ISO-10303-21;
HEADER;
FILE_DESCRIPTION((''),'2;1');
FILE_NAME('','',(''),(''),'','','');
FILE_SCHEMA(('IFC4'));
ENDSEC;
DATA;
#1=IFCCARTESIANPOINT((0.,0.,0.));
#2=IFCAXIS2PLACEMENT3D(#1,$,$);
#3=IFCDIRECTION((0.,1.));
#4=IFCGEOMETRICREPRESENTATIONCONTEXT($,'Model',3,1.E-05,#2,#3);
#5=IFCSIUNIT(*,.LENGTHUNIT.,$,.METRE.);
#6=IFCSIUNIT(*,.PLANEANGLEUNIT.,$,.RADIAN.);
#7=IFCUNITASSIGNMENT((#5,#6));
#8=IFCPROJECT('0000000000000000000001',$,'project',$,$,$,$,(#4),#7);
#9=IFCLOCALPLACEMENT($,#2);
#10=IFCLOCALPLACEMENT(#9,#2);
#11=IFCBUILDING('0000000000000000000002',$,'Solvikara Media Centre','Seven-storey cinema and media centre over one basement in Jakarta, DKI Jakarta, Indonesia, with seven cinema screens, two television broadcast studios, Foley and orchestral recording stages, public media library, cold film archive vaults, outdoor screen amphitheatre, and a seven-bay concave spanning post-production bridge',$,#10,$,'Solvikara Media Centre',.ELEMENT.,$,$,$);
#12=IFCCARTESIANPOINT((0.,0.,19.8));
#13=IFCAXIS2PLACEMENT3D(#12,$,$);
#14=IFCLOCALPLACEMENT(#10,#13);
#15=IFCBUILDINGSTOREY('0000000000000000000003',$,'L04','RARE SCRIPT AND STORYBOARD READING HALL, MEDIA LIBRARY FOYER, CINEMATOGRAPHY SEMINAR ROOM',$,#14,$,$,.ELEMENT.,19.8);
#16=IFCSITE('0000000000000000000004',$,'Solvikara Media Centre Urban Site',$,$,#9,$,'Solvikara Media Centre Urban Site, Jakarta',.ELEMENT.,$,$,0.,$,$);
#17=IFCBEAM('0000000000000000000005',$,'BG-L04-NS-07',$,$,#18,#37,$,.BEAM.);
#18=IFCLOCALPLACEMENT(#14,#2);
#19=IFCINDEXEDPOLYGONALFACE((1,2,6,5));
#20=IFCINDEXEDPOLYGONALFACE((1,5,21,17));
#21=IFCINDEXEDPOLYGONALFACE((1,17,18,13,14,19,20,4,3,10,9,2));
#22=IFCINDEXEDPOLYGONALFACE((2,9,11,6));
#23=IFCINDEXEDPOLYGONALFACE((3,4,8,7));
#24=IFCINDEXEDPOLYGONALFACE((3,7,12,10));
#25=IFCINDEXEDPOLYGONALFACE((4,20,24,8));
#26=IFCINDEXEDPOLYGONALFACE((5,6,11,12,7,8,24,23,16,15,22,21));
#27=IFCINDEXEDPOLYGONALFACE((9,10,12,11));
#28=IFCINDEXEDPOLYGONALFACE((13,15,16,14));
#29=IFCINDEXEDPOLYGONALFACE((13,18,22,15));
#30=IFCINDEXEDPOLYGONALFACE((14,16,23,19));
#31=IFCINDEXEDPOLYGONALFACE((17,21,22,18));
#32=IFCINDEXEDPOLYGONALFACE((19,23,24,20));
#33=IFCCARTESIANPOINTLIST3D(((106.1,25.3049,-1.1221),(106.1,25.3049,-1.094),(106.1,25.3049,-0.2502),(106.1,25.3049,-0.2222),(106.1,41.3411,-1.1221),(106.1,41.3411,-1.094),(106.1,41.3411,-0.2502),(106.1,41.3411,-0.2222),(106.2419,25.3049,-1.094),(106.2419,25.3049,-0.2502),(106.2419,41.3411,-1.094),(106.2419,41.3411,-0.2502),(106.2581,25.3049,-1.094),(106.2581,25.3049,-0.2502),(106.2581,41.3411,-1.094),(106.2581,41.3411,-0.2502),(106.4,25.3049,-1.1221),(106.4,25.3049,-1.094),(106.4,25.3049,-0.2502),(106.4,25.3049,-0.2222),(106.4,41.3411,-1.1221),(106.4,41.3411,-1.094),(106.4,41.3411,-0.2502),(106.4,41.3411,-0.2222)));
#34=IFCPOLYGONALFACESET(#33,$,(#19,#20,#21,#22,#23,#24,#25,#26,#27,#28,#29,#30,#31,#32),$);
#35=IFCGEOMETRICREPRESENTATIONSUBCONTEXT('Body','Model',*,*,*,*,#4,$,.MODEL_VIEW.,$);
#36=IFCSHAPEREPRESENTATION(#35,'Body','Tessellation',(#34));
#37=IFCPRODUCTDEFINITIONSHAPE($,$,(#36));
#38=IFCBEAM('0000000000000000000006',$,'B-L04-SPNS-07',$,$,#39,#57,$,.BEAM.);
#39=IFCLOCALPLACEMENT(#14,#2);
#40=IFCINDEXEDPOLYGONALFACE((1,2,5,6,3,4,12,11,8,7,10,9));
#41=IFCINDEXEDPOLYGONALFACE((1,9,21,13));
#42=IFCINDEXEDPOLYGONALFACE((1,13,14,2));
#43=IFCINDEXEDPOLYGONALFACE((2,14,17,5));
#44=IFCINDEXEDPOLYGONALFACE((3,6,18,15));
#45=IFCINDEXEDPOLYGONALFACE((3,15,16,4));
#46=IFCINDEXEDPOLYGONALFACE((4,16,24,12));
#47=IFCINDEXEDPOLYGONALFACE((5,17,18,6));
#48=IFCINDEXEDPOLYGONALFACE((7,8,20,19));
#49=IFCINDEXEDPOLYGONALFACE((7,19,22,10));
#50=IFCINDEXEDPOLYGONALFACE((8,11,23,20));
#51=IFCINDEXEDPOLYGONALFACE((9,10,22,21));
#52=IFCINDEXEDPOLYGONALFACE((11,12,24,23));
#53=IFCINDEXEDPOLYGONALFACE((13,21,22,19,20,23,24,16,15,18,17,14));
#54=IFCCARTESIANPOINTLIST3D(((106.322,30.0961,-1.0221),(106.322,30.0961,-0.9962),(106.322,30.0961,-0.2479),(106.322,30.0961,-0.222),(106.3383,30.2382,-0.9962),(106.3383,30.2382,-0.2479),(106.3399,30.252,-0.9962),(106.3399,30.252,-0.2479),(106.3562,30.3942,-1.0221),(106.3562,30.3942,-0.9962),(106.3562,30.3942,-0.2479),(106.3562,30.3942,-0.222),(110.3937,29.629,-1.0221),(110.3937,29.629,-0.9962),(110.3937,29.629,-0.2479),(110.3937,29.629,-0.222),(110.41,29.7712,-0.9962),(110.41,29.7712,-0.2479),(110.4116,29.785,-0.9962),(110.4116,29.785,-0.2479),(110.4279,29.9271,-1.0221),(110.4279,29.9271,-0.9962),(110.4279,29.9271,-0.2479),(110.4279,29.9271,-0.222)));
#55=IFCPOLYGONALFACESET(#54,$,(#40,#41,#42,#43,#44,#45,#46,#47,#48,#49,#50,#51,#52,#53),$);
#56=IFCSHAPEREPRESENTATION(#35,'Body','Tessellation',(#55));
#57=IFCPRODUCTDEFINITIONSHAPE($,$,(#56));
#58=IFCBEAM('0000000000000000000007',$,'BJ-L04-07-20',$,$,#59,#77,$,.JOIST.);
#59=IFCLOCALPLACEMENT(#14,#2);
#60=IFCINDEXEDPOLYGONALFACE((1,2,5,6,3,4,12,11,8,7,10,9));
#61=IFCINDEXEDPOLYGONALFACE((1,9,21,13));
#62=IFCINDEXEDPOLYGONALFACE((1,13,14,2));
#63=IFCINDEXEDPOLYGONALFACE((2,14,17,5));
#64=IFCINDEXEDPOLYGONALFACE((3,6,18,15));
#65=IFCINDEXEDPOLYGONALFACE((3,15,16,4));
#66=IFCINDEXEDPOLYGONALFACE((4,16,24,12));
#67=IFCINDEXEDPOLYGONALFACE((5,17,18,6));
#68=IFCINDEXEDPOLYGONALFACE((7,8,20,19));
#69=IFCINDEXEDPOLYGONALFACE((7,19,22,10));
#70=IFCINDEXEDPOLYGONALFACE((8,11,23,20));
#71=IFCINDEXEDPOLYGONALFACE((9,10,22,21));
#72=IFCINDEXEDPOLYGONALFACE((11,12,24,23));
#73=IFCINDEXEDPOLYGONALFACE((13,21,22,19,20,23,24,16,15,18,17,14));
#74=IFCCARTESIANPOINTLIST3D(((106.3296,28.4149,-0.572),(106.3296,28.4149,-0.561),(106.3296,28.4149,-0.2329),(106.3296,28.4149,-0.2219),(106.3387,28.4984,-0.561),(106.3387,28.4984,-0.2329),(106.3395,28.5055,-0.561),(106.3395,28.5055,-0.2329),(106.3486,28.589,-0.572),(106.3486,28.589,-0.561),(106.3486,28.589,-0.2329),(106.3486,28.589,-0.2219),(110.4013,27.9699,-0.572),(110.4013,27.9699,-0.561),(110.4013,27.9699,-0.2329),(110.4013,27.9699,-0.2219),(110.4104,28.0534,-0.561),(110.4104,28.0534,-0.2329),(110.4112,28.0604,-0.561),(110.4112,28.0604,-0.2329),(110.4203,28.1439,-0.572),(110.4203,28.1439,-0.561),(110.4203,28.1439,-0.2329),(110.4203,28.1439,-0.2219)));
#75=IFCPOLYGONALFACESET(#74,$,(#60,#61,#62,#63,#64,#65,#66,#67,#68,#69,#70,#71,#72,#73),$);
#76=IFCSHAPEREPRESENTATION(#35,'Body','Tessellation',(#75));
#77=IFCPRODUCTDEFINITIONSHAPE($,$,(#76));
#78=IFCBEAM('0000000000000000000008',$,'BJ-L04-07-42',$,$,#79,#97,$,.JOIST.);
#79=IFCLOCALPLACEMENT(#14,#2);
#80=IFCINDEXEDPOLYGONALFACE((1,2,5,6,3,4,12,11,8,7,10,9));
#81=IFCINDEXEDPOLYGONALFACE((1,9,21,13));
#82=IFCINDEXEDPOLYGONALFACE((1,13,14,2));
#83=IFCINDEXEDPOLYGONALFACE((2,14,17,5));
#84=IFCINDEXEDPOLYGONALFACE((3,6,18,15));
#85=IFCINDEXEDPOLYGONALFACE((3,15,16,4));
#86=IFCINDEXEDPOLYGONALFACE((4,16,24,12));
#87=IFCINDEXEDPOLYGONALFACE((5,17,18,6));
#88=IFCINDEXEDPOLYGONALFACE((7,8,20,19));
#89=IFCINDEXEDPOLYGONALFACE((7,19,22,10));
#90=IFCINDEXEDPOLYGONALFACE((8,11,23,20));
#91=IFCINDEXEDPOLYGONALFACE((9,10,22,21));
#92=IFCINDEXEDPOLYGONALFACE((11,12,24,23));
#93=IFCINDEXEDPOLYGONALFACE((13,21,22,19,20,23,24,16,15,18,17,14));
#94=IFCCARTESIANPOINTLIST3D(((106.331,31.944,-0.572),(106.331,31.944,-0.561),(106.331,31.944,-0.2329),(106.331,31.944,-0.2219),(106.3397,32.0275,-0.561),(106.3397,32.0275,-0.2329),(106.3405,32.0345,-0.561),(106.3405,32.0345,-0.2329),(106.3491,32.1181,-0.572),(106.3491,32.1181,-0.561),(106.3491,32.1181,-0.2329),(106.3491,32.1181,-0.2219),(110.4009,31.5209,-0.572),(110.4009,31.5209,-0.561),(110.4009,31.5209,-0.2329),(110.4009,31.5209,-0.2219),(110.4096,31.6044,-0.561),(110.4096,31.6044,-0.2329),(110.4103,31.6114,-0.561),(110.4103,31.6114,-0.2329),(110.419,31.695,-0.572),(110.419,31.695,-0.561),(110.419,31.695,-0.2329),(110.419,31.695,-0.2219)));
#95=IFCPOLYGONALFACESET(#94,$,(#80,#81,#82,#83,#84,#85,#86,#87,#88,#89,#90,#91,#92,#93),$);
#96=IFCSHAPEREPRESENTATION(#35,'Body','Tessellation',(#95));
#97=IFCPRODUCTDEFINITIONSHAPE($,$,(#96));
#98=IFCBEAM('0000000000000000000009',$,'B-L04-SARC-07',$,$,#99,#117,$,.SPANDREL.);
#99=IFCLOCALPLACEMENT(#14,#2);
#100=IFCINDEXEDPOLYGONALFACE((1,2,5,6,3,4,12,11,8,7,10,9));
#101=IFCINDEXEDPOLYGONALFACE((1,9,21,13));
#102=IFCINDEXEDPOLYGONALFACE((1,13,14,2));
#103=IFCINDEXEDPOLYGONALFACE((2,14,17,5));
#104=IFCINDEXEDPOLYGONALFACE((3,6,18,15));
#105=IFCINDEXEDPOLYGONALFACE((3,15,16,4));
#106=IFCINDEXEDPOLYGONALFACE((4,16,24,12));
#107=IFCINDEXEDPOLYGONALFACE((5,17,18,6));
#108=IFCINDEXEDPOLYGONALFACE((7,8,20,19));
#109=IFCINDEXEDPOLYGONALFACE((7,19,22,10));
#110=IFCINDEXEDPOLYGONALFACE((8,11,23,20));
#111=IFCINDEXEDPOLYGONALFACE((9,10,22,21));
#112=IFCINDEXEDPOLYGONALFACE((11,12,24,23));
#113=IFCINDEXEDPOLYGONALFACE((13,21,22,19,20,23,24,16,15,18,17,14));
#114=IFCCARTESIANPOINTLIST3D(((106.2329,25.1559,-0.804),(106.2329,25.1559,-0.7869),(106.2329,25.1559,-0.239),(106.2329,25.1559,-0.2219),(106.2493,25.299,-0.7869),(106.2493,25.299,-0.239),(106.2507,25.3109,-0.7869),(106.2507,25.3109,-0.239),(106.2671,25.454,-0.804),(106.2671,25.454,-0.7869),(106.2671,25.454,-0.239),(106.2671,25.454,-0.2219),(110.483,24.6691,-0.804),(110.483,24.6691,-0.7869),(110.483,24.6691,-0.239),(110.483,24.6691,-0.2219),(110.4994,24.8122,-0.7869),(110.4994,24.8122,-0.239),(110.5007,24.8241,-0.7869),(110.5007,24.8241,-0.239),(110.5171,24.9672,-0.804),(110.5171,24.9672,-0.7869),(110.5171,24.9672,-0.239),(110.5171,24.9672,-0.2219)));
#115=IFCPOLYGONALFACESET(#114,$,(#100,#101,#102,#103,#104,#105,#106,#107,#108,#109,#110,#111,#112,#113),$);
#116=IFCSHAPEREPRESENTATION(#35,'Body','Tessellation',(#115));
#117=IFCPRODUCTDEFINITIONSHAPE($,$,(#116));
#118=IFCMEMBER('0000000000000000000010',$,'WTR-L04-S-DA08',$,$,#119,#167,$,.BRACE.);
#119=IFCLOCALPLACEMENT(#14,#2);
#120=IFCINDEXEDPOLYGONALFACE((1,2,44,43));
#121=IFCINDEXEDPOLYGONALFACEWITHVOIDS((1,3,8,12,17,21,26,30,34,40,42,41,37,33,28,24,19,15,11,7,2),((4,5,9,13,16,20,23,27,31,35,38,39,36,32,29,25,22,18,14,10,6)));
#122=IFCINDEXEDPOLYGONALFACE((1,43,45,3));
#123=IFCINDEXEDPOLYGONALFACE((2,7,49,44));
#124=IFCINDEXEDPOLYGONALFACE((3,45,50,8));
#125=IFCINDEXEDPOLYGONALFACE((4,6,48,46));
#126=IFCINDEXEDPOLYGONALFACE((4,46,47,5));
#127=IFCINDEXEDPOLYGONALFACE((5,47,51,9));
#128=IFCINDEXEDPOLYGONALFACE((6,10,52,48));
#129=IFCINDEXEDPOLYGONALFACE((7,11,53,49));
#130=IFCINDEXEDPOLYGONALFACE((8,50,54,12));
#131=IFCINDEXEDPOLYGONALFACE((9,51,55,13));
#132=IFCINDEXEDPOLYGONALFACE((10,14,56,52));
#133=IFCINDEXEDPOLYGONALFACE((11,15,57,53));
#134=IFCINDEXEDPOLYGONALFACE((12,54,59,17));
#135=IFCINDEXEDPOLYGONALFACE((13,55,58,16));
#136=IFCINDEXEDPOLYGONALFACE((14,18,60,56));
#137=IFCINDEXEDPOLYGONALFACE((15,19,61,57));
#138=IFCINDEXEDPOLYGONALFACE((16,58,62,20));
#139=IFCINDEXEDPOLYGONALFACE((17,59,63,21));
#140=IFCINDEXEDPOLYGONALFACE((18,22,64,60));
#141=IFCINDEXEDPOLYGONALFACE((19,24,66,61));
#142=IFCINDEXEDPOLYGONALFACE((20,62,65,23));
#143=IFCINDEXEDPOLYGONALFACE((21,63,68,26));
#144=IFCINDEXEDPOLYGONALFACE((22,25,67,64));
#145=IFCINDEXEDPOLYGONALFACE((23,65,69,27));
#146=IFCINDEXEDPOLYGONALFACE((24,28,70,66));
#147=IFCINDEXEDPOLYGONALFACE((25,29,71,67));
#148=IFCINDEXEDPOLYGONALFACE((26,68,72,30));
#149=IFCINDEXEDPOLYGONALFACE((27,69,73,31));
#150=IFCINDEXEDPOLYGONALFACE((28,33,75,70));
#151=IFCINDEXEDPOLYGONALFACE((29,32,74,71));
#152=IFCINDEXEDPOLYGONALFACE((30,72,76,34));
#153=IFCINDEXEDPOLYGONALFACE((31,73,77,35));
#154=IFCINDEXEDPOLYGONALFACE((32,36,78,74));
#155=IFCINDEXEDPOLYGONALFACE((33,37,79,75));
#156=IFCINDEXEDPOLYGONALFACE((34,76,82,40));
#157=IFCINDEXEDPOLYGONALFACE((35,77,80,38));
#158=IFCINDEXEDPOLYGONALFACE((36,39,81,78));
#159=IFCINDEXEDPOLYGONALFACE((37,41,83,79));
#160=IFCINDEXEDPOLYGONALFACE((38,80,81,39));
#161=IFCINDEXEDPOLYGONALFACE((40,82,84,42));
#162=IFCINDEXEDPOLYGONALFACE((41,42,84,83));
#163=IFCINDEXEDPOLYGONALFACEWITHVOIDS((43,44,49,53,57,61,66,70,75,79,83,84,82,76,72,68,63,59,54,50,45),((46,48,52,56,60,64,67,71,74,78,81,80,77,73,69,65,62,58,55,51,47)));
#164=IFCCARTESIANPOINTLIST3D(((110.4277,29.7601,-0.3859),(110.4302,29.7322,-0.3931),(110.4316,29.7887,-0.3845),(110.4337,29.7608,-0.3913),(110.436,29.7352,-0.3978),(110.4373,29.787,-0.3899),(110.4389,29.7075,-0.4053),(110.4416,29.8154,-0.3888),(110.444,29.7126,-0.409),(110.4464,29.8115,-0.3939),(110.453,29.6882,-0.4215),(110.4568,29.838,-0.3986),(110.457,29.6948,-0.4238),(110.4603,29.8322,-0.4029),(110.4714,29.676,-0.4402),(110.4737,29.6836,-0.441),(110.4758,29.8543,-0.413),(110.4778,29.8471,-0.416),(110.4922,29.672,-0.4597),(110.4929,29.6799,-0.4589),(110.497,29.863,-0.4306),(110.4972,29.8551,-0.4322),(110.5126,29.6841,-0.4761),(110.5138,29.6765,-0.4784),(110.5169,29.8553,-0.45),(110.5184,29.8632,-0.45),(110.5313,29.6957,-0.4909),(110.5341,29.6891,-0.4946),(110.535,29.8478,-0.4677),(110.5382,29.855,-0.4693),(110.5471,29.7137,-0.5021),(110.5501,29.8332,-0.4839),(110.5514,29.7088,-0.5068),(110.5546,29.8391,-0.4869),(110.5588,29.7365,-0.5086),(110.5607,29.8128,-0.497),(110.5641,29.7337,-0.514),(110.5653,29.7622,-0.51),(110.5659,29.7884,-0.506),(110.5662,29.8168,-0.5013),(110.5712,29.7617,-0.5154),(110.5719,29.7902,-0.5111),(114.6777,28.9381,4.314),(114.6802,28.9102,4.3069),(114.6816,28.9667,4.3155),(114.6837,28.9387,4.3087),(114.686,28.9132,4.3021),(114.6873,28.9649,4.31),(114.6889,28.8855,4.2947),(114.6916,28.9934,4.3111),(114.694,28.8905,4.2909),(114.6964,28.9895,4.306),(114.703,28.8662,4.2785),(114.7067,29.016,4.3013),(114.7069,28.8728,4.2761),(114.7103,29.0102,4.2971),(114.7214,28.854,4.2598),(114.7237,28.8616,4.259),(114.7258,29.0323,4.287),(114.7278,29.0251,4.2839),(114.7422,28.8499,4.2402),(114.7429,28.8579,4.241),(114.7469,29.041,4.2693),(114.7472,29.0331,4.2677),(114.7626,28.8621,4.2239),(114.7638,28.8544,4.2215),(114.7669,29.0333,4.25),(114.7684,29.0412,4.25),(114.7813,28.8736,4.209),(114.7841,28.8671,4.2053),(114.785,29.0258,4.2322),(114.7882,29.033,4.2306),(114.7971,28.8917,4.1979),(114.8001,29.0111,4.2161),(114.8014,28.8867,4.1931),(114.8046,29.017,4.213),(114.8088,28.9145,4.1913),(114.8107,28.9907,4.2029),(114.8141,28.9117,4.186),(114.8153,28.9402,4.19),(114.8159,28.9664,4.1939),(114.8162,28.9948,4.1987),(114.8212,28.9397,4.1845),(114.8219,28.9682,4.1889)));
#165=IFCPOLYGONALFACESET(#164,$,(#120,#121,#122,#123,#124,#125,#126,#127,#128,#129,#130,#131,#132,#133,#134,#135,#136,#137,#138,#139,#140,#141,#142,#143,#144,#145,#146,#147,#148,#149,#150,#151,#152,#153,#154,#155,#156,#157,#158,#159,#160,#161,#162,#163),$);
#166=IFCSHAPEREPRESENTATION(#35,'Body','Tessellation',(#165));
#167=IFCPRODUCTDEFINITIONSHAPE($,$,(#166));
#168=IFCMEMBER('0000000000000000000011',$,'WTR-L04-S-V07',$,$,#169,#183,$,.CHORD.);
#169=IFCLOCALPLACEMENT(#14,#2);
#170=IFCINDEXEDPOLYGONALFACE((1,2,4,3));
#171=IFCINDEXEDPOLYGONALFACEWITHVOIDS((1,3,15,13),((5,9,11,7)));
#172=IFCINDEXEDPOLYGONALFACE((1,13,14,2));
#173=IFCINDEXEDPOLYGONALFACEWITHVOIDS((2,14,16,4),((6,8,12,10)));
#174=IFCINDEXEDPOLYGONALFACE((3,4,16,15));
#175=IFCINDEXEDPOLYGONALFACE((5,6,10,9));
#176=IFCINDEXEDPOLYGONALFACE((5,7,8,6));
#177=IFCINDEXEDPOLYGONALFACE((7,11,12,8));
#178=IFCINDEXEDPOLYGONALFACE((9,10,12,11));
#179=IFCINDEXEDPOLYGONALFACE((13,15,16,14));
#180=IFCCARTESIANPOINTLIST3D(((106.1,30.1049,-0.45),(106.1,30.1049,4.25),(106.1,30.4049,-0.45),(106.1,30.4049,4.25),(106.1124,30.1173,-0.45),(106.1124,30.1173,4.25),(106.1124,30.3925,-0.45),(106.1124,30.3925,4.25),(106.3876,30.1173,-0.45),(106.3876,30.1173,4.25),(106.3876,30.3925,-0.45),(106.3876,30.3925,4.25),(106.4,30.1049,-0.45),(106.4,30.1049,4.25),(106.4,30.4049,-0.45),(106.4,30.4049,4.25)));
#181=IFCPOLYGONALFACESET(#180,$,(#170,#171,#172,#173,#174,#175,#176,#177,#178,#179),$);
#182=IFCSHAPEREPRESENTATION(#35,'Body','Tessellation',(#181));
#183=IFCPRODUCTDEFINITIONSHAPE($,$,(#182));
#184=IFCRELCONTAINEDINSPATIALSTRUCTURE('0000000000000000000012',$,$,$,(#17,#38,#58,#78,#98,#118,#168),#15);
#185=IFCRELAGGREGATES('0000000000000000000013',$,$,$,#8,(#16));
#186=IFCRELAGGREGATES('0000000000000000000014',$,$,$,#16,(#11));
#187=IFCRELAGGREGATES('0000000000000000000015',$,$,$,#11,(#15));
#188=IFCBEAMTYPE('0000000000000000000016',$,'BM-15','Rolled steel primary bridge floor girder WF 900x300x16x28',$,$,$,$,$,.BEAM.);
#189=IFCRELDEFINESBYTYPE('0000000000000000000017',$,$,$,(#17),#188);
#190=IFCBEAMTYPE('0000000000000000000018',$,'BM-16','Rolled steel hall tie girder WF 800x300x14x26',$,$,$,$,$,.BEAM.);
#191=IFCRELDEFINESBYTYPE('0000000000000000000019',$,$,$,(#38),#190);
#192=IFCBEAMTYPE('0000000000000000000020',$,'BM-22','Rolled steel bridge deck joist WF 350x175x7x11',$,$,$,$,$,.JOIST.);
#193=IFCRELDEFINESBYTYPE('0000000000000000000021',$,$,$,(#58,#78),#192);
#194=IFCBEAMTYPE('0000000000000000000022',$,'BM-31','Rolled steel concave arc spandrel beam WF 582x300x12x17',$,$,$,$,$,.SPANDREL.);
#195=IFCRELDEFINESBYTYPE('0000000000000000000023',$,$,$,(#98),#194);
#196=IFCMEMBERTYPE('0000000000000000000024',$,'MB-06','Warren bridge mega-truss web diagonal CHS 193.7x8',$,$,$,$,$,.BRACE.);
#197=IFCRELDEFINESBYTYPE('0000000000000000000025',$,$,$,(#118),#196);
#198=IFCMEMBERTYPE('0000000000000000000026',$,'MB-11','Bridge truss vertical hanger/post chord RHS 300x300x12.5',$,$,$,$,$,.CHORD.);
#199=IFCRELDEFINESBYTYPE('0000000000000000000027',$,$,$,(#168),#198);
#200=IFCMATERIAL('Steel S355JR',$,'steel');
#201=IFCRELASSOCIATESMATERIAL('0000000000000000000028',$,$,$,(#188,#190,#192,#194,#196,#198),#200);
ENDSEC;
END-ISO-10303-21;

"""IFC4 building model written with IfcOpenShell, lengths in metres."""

from ifc_helpers import new_model, si_unit, direction, frame, origin, origin_2d, place, context, subcontext, project, spatial, hollow_rectangle, hollow_circle, i_section, extrude, material, material_profile, profile_set, type_object, element, save


model = new_model("IFC4")

# Units and contexts
model_context = context("Model", 3, precision=1e-05, world=origin(), true_north=direction((0.0, 1.0)))
body_context = subcontext(model_context, "Body", "Model", "MODEL_VIEW")
ifc_project = project(units=[si_unit("LENGTHUNIT", "METRE"), si_unit("PLANEANGLEUNIT", "RADIAN")], contexts=[model_context])

# Site, building, storey
site_placement = place(None, origin())
site = spatial("IfcSite", under=ifc_project, at=site_placement, Name="Solvikara Media Centre Urban Site", LongName="Solvikara Media Centre Urban Site, Jakarta", CompositionType="ELEMENT", RefElevation=0.0)
building_placement = place(site_placement, origin())
building = spatial("IfcBuilding", under=site, at=building_placement, Name="Solvikara Media Centre", Description="Seven-storey cinema and media centre over one basement in Jakarta, DKI Jakarta, Indonesia, with seven cinema screens, two television broadcast studios, Foley and orchestral recording stages, public media library, cold film archive vaults, outdoor screen amphitheatre, and a seven-bay concave spanning post-production bridge", LongName="Solvikara Media Centre", CompositionType="ELEMENT")
storey_placement = place(building_placement, frame((0.0, 0.0, 19.8)))
storey = spatial("IfcBuildingStorey", under=building, at=storey_placement, Name="L04", Description="RARE SCRIPT AND STORYBOARD READING HALL, MEDIA LIBRARY FOYER, CINEMATOGRAPHY SEMINAR ROOM", CompositionType="ELEMENT", Elevation=19.8)

# Beams
ifc_material_1 = material(Name="Steel S355JR", Category="steel")
ifc_material_profile_1 = material_profile(ifc_material_1, i_section(OverallWidth=0.3, OverallDepth=0.8999, WebThickness=0.0161, FlangeThickness=0.0281, at=origin_2d()), Name="WF 900x300x16x28")
ifc_profile_set_1 = profile_set([ifc_material_profile_1], Name="Steel S355JR")
beam_type_1 = type_object("IfcBeamType", Name="BM-15", Description="Rolled steel primary bridge floor girder WF 900x300x16x28", PredefinedType="BEAM", material=ifc_profile_set_1)
beam_1_placement = place(storey_placement, frame((106.25, 25.3049, -0.6721), z_axis=(0.0, 1.0, 0.0), x_axis=(-1.0, 0.0, 0.0)))
element("IfcBeam", 1, at=beam_1_placement, inside=storey, type_object=beam_type_1, Name="BG-L04-NS-07", PredefinedType="BEAM", context=body_context, shape_type="SweptSolid", body=[
    extrude(i_section(OverallWidth=0.3, OverallDepth=0.8999, WebThickness=0.0161, FlangeThickness=0.0281, at=origin_2d()), origin(), (0.0, 0.0, 1.0), 16.0361),
])
ifc_material_profile_2 = material_profile(ifc_material_1, i_section(OverallWidth=0.3, OverallDepth=0.8, WebThickness=0.0139, FlangeThickness=0.0259, at=origin_2d()), Name="WF 800x300x14x26")
ifc_profile_set_2 = profile_set([ifc_material_profile_2], Name="Steel S355JR")
beam_type_2 = type_object("IfcBeamType", Name="BM-16", Description="Rolled steel hall tie girder WF 800x300x14x26", PredefinedType="BEAM", material=ifc_profile_set_2)
beam_2_placement = place(storey_placement, frame((106.3391, 30.2451, -0.6221), z_axis=(0.993486, -0.113955, 0.0), x_axis=(0.113955, 0.993486, 0.0)))
element("IfcBeam", 2, at=beam_2_placement, inside=storey, type_object=beam_type_2, Name="B-L04-SPNS-07", PredefinedType="BEAM", context=body_context, shape_type="SweptSolid", body=[
    extrude(i_section(OverallWidth=0.3, OverallDepth=0.8, WebThickness=0.0139, FlangeThickness=0.0259, at=origin_2d()), origin(), (0.0, 0.0, 1.0), 4.0984),
])
ifc_material_profile_3 = material_profile(ifc_material_1, i_section(OverallWidth=0.175, OverallDepth=0.3501, WebThickness=0.0071, FlangeThickness=0.011, at=origin_2d()), Name="WF 350x175x7x11")
ifc_profile_set_3 = profile_set([ifc_material_profile_3], Name="Steel S355JR")
beam_type_3 = type_object("IfcBeamType", Name="BM-22", Description="Rolled steel bridge deck joist WF 350x175x7x11", PredefinedType="JOIST", material=ifc_profile_set_3)
beam_3_placement = place(storey_placement, frame((106.3391, 28.502, -0.397), z_axis=(0.994079, -0.108658, 0.0), x_axis=(0.108658, 0.994079, 0.0)))
element("IfcBeam", 3, at=beam_3_placement, inside=storey, type_object=beam_type_3, Name="BJ-L04-07-20", PredefinedType="JOIST", context=body_context, shape_type="SweptSolid", body=[
    extrude(i_section(OverallWidth=0.175, OverallDepth=0.3501, WebThickness=0.0071, FlangeThickness=0.011, at=origin_2d()), origin(), (0.0, 0.0, 1.0), 4.0959),
])
beam_4_placement = place(storey_placement, frame((106.3401, 32.031, -0.397), z_axis=(0.99464, -0.103402, 0.0), x_axis=(0.103402, 0.99464, 0.0)))
element("IfcBeam", 4, at=beam_4_placement, inside=storey, type_object=beam_type_3, Name="BJ-L04-07-42", PredefinedType="JOIST", context=body_context, shape_type="SweptSolid", body=[
    extrude(i_section(OverallWidth=0.175, OverallDepth=0.3501, WebThickness=0.0071, FlangeThickness=0.011, at=origin_2d()), origin(), (0.0, 0.0, 1.0), 4.0918),
])
ifc_material_profile_4 = material_profile(ifc_material_1, i_section(OverallWidth=0.3, OverallDepth=0.582, WebThickness=0.012, FlangeThickness=0.0171, at=origin_2d()), Name="WF 582x300x12x17")
ifc_profile_set_4 = profile_set([ifc_material_profile_4], Name="Steel S355JR")
beam_type_4 = type_object("IfcBeamType", Name="BM-31", Description="Rolled steel concave arc spandrel beam WF 582x300x12x17", PredefinedType="SPANDREL", material=ifc_profile_set_4)
beam_5_placement = place(storey_placement, frame((106.25, 25.3049, -0.5129), z_axis=(0.993504, -0.113801, 0.0), x_axis=(0.113801, 0.993504, 0.0)))
element("IfcBeam", 5, at=beam_5_placement, inside=storey, type_object=beam_type_4, Name="B-L04-SARC-07", PredefinedType="SPANDREL", context=body_context, shape_type="SweptSolid", body=[
    extrude(i_section(OverallWidth=0.3, OverallDepth=0.582, WebThickness=0.012, FlangeThickness=0.0171, at=origin_2d()), origin(), (0.0, 0.0, 1.0), 4.2778),
])

# Members
ifc_material_profile_5 = material_profile(ifc_material_1, hollow_circle(Radius=0.0969, WallThickness=0.0081, at=origin_2d()), Name="CHS 193.7x8")
ifc_profile_set_5 = profile_set([ifc_material_profile_5], Name="Steel S355JR")
member_type_1 = type_object("IfcMemberType", Name="MB-06", Description="Warren bridge mega-truss web diagonal CHS 193.7x8", PredefinedType="BRACE", material=ifc_profile_set_5)
member_1_placement = place(storey_placement, frame((110.5, 29.7681, -0.45), z_axis=(0.665137, -0.128649, 0.735556), x_axis=(0.189897, 0.981804, 0.0)))
element("IfcMember", 6, at=member_1_placement, inside=storey, type_object=member_type_1, Name="WTR-L04-S-DA08", PredefinedType="BRACE", context=body_context, shape_type="SweptSolid", body=[
    extrude(hollow_circle(Radius=0.0969, WallThickness=0.0081, at=origin_2d()), origin(), (0.0, 0.0, 1.0), 6.3896),
])
ifc_material_profile_6 = material_profile(ifc_material_1, hollow_rectangle(XDim=0.3, YDim=0.3, WallThickness=0.0125, at=origin_2d()), Name="RHS 300x300x12.5")
ifc_profile_set_6 = profile_set([ifc_material_profile_6], Name="Steel S355JR")
member_type_2 = type_object("IfcMemberType", Name="MB-11", Description="Bridge truss vertical hanger/post chord RHS 300x300x12.5", PredefinedType="CHORD", material=ifc_profile_set_6)
for number, where, z_axis, x_axis, name in (
    (7, (106.25, 30.2549, -0.45), (0.0, 0.0, 1.0), (1.0, 0.0, 0.0), "WTR-L04-S-V07"),
):
    element("IfcMember", number, at=place(storey_placement, frame(where, z_axis=z_axis, x_axis=x_axis)), inside=storey, type_object=member_type_2, Name=name, PredefinedType="CHORD", context=body_context, shape_type="SweptSolid", body=[
        extrude(hollow_rectangle(XDim=0.3, YDim=0.3, WallThickness=0.0125, at=origin_2d()), origin(), (0.0, 0.0, 1.0), 4.7),
    ])

save(model, "model.ifc")
